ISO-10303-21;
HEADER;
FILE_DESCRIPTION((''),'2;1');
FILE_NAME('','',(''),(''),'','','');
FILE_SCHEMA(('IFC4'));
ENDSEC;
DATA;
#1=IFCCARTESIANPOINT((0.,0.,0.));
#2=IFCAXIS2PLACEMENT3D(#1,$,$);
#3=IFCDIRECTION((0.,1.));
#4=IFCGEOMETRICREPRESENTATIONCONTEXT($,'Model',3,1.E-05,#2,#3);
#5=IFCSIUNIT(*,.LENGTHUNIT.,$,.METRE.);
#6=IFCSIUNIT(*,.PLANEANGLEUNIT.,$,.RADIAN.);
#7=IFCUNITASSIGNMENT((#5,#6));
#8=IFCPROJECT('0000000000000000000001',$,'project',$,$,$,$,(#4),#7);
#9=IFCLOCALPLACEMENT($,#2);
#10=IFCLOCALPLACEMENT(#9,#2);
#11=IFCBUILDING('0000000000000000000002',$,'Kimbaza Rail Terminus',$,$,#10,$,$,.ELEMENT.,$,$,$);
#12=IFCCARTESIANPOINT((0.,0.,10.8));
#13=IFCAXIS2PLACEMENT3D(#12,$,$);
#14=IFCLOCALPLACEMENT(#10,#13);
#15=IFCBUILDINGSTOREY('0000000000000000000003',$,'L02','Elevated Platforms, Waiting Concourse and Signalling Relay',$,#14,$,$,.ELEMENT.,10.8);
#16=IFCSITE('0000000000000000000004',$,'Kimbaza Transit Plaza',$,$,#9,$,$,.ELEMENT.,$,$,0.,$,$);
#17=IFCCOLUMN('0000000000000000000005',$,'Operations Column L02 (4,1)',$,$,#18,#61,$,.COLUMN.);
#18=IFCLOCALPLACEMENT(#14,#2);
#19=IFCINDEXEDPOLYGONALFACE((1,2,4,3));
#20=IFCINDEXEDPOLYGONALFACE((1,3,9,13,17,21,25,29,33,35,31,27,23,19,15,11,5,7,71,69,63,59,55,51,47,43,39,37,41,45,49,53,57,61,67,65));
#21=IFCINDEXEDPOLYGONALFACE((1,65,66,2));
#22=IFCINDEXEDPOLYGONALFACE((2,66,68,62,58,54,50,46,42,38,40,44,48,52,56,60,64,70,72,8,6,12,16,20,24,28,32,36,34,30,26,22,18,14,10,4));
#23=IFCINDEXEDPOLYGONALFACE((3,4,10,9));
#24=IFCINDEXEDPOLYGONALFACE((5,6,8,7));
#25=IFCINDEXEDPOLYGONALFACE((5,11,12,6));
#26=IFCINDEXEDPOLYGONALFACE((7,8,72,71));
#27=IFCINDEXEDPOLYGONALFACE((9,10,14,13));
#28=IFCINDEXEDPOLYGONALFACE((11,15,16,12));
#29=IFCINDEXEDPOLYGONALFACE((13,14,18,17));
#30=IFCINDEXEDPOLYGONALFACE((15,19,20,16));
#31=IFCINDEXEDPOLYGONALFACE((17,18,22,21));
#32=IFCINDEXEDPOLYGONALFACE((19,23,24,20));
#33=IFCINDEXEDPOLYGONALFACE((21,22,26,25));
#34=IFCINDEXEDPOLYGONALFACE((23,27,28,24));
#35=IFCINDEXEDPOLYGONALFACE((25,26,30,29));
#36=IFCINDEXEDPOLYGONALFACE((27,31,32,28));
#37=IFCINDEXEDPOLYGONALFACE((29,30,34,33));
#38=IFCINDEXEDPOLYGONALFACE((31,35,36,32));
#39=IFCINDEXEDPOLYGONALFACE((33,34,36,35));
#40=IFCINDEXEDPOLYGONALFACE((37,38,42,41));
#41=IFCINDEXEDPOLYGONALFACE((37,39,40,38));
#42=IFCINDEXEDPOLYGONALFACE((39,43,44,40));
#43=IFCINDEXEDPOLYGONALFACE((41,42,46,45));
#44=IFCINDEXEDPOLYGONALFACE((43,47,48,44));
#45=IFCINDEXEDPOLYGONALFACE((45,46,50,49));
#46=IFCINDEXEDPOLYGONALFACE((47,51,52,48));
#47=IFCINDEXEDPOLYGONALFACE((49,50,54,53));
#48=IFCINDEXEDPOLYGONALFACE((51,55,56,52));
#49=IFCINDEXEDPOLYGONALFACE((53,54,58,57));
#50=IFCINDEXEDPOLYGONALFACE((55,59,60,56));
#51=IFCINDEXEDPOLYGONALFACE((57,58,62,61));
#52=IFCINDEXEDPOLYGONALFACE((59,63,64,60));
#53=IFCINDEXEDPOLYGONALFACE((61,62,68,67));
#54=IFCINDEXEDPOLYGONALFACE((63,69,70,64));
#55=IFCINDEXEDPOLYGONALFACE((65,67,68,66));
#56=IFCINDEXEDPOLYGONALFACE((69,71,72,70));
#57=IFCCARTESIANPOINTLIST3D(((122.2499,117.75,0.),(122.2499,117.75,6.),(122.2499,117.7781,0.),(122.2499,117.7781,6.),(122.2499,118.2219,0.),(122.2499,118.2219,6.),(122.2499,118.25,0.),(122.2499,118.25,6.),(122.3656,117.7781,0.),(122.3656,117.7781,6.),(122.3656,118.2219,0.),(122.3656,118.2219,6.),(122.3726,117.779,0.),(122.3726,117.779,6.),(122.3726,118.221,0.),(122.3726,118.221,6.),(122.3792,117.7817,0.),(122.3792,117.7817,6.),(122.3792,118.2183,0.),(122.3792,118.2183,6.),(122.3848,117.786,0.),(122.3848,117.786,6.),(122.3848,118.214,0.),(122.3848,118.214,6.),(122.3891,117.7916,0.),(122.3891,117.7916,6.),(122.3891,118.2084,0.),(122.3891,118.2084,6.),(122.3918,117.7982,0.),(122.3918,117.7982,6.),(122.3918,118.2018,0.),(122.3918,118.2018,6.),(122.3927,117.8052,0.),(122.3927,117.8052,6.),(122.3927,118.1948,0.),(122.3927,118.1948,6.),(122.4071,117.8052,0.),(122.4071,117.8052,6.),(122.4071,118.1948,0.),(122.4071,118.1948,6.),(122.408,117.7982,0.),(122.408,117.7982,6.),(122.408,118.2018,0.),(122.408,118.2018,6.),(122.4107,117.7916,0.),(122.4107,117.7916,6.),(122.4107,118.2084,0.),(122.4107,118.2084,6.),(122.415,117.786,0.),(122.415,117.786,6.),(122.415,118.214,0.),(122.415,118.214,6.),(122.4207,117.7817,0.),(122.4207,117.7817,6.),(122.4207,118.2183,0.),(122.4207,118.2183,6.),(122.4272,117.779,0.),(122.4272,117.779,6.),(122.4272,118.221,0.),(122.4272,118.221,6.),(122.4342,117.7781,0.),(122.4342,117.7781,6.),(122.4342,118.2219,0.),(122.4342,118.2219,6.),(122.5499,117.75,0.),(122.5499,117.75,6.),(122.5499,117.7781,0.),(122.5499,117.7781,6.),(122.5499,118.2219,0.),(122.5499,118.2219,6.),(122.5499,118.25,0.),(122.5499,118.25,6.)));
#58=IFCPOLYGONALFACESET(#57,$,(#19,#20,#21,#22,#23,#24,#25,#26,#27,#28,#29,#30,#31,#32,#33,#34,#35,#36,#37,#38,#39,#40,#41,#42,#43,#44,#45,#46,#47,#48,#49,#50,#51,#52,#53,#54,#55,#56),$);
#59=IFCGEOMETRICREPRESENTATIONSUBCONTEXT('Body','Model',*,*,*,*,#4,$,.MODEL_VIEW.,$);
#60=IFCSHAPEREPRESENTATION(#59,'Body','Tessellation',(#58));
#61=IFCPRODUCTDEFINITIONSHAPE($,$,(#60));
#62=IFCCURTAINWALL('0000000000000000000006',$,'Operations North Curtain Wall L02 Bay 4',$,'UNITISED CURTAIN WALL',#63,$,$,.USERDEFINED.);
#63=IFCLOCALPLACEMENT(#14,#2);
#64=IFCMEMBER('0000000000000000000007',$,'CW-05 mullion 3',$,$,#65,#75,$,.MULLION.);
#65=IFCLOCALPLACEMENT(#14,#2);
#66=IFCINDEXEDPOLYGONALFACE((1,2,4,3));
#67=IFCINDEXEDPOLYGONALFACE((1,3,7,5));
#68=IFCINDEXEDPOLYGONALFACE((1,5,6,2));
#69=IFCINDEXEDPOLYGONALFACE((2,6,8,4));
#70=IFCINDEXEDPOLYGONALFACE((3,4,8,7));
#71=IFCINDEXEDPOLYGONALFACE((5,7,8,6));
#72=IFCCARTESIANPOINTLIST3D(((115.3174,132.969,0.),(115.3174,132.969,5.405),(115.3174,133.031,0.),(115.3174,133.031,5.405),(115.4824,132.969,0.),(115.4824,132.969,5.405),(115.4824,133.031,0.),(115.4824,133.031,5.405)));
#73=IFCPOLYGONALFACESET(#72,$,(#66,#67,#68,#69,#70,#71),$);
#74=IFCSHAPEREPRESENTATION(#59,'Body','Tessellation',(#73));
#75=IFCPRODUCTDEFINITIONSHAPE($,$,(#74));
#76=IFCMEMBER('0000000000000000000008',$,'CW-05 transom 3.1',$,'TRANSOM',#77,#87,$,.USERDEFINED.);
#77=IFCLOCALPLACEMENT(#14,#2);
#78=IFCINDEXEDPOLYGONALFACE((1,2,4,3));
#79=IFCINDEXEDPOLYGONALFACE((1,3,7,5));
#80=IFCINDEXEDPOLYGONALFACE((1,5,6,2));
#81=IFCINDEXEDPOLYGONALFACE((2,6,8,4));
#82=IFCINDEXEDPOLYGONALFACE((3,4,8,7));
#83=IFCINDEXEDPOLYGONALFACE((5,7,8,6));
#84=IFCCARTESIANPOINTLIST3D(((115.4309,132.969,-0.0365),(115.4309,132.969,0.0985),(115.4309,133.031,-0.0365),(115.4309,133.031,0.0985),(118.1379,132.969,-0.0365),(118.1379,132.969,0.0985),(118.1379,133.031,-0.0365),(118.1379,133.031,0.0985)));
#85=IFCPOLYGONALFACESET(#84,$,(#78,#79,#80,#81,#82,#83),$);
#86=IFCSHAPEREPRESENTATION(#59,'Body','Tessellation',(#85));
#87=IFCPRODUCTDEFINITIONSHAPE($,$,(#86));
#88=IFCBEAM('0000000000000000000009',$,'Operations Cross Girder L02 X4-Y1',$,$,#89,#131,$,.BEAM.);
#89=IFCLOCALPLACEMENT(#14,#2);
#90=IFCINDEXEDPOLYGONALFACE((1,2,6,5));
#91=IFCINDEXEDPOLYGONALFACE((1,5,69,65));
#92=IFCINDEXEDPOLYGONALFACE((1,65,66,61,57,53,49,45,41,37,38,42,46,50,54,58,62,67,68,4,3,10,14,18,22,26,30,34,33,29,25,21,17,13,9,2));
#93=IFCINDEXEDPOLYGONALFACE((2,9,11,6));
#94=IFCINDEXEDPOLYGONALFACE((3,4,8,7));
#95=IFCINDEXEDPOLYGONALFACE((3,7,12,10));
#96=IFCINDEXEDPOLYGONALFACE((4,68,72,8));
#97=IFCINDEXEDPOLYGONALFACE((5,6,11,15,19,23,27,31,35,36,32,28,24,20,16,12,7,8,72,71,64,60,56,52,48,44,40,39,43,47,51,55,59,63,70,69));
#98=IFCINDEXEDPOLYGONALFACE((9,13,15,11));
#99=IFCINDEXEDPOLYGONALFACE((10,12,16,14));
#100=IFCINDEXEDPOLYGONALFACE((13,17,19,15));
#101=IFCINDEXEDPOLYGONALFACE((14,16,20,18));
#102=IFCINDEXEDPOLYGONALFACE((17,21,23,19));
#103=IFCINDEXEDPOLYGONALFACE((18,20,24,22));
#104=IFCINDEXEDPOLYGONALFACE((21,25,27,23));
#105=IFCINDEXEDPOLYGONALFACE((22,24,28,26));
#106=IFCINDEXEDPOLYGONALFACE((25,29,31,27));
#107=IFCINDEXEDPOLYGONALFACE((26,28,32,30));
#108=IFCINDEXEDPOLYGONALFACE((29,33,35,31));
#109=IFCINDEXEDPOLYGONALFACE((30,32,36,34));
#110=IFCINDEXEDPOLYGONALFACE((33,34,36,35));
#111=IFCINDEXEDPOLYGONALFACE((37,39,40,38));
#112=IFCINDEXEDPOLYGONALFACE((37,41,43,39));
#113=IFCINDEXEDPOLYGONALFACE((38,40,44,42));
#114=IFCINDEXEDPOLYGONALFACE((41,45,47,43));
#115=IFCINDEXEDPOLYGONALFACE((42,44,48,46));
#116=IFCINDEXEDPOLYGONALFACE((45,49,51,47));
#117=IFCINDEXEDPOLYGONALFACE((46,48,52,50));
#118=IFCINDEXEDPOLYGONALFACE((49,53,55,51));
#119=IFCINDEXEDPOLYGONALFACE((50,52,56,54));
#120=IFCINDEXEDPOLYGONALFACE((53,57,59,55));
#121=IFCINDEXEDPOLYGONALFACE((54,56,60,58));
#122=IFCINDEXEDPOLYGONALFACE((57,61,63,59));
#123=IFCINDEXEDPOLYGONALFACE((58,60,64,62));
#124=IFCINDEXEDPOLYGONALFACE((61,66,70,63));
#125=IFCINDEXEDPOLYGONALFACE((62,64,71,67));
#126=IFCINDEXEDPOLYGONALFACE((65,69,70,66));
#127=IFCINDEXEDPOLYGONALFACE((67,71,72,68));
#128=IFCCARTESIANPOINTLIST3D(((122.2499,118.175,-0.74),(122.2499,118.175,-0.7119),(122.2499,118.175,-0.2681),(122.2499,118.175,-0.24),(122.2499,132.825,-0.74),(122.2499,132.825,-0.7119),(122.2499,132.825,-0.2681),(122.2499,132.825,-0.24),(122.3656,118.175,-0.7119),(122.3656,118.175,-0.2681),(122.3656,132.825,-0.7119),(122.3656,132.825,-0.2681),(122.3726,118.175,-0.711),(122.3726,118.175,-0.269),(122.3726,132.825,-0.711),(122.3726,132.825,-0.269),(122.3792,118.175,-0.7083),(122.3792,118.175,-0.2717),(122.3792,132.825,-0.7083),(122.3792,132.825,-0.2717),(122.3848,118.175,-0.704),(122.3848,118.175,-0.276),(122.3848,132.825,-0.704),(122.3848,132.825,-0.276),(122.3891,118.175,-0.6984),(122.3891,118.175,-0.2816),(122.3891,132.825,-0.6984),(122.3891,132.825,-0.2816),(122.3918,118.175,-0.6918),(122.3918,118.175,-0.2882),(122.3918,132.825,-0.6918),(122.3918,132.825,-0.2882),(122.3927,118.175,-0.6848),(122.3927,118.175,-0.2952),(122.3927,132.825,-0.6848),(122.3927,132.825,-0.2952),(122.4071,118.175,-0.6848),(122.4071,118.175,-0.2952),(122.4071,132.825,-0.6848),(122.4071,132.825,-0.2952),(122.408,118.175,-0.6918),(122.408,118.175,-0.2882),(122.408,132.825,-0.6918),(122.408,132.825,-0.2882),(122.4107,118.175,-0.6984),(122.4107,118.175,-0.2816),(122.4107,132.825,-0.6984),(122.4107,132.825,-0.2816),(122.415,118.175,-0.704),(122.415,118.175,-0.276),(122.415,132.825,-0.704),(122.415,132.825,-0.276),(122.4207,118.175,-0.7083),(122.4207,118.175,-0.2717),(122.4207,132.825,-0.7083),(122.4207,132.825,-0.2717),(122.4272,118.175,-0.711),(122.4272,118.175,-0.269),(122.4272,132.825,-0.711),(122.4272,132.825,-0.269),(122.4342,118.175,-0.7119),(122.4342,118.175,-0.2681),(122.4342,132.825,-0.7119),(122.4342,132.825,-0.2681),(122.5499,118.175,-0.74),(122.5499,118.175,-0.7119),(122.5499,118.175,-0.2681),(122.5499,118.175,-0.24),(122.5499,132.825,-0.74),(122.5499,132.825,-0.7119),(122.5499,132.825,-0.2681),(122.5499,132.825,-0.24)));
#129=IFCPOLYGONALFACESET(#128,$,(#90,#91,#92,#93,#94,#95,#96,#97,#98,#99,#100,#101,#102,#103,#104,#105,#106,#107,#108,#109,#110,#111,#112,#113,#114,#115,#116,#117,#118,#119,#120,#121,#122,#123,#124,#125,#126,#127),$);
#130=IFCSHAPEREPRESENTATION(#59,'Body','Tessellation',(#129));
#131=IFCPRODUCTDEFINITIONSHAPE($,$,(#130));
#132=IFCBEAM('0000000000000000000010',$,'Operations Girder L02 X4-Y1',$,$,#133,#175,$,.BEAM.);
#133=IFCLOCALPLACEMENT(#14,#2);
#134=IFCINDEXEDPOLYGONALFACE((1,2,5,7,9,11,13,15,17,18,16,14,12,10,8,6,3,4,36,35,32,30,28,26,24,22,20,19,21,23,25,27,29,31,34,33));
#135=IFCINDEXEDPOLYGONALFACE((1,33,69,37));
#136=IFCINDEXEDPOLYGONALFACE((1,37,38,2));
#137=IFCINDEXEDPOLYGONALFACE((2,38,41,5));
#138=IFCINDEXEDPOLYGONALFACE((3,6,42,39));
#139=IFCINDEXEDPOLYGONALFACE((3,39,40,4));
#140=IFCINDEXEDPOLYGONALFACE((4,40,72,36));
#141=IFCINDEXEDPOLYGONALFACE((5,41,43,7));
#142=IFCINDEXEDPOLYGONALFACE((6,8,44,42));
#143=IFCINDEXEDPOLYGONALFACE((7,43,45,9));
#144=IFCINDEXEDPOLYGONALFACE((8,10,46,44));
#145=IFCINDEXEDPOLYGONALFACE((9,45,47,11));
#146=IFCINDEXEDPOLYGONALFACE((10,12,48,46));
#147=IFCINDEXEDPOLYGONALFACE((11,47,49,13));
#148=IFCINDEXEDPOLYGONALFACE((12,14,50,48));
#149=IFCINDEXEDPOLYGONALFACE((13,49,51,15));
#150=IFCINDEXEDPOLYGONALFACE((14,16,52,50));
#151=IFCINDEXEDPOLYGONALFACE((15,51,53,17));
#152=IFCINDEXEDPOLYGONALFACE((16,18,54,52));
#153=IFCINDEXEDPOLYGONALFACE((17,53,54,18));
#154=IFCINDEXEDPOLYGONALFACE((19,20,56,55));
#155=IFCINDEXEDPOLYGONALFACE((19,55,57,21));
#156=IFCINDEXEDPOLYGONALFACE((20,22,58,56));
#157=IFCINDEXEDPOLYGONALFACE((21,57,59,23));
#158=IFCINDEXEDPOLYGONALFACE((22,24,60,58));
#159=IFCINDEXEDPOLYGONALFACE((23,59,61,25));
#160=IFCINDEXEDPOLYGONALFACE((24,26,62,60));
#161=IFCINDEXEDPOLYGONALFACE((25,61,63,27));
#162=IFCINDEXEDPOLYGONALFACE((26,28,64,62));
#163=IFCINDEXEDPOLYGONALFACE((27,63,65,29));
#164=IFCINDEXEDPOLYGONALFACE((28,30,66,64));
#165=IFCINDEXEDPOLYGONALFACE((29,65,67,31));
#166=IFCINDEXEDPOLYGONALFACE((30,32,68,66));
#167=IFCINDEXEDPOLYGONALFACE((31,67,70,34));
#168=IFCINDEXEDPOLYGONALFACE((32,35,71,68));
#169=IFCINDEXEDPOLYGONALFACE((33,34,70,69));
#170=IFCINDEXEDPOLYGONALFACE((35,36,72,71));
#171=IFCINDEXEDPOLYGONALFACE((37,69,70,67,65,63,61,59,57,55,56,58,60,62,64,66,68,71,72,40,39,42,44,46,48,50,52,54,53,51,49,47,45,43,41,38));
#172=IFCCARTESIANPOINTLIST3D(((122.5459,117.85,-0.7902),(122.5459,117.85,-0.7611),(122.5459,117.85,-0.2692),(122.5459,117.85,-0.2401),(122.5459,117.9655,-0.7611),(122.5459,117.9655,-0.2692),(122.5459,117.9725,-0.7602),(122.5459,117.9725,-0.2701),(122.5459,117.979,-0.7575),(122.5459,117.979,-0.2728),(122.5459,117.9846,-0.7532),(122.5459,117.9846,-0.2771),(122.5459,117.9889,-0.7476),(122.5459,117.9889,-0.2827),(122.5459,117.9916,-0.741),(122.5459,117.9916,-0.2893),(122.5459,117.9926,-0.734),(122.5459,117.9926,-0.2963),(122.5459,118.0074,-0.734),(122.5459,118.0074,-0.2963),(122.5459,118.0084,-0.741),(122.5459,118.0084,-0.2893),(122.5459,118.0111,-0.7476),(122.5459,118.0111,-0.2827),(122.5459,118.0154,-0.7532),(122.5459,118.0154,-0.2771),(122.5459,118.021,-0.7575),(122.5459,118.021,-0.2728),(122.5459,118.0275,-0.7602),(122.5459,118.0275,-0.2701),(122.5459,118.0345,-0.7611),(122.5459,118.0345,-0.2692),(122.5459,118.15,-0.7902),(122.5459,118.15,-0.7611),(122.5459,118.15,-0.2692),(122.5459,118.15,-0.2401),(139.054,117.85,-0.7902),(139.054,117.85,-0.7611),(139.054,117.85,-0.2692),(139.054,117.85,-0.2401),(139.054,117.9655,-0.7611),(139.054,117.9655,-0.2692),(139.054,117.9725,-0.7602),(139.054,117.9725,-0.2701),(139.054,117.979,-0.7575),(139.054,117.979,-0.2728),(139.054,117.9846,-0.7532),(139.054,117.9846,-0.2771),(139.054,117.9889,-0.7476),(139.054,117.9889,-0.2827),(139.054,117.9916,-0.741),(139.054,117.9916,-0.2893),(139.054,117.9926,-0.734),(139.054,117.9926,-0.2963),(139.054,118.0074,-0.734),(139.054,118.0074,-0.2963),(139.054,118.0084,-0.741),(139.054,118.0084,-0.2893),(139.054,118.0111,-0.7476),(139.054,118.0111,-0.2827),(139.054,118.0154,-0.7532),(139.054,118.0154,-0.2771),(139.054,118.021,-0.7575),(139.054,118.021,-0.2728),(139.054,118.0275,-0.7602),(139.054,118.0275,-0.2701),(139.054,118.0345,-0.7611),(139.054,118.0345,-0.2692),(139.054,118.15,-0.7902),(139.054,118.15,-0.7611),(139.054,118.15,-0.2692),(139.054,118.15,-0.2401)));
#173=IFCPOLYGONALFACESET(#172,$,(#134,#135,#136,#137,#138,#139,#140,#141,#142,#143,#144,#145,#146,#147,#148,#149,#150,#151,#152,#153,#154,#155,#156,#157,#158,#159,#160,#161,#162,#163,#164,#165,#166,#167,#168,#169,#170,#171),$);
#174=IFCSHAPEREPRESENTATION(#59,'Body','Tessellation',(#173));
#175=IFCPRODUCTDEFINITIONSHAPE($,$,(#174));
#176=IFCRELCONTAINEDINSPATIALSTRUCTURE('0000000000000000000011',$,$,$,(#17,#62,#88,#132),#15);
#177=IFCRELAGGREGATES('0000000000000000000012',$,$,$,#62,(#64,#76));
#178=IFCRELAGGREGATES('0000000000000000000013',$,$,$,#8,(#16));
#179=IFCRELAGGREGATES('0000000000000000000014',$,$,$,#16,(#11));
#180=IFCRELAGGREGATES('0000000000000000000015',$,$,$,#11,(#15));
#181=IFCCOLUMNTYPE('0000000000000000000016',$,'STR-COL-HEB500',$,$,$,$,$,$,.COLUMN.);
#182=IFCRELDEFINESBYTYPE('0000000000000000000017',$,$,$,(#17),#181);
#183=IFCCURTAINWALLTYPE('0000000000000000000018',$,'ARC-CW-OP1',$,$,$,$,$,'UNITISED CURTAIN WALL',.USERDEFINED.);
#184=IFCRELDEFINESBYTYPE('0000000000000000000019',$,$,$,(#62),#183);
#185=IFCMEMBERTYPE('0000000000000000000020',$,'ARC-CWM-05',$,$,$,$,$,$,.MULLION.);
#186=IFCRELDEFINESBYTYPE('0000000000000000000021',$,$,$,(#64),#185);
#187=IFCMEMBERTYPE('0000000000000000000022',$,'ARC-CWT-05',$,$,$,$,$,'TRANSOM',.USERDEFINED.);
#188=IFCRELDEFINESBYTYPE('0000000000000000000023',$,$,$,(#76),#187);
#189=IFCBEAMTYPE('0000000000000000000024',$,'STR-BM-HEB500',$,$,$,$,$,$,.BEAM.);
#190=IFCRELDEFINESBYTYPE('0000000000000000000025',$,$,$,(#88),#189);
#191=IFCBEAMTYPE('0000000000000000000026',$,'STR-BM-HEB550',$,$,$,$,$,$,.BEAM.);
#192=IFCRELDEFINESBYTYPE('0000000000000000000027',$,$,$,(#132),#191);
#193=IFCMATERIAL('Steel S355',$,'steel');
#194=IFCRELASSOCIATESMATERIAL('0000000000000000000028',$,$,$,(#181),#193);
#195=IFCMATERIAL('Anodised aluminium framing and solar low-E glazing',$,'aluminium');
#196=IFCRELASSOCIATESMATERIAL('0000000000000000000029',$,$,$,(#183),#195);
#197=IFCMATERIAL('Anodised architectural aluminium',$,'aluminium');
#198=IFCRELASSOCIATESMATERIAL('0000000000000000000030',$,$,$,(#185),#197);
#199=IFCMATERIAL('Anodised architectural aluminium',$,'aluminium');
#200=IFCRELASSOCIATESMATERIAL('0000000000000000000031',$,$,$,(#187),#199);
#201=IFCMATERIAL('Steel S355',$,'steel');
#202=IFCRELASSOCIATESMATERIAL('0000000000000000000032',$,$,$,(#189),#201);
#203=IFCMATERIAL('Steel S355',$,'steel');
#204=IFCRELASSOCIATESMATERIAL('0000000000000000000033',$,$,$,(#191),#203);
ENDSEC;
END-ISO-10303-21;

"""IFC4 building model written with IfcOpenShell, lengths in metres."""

from ifc_helpers import new_model, si_unit, direction, frame, origin, origin_2d, place, context, subcontext, project, spatial, rectangle, i_section, extrude, material, material_profile, profile_set, type_object, element, aggregate, save


model = new_model("IFC4")

# Units and contexts
model_context = context("Model", 3, precision=1e-05, world=origin(), true_north=direction((0.0, 1.0)))
body_context = subcontext(model_context, "Body", "Model", "MODEL_VIEW")
ifc_project = project(units=[si_unit("LENGTHUNIT", "METRE"), si_unit("PLANEANGLEUNIT", "RADIAN")], contexts=[model_context])

# Site, building, storey
site_placement = place(None, origin())
site = spatial("IfcSite", under=ifc_project, at=site_placement, Name="Kimbaza Transit Plaza", CompositionType="ELEMENT", RefElevation=0.0)
building_placement = place(site_placement, origin())
building = spatial("IfcBuilding", under=site, at=building_placement, Name="Kimbaza Rail Terminus", CompositionType="ELEMENT")
storey_placement = place(building_placement, frame((0.0, 0.0, 10.8)))
storey = spatial("IfcBuildingStorey", under=building, at=storey_placement, Name="L02", Description="Elevated Platforms, Waiting Concourse and Signalling Relay", CompositionType="ELEMENT", Elevation=10.8)

# Column
ifc_material_1 = material(Name="Steel S355", Category="steel")
ifc_material_profile_1 = material_profile(ifc_material_1, i_section(OverallWidth=0.3, OverallDepth=0.5, WebThickness=0.0144, FlangeThickness=0.0281, FilletRadius=0.0271, at=origin_2d()), Name="HEB 500")
ifc_profile_set_1 = profile_set([ifc_material_profile_1], Name="Steel S355")
column_type = type_object("IfcColumnType", Name="STR-COL-HEB500", PredefinedType="COLUMN", material=ifc_profile_set_1)
column_placement = place(storey_placement, frame((122.3999, 118.0, 0.0), z_axis=(0.0, 0.0, 1.0), x_axis=(1.0, 0.0, 0.0)))
element("IfcColumn", 1, at=column_placement, inside=storey, type_object=column_type, Name="Operations Column L02 (4,1)", PredefinedType="COLUMN", context=body_context, shape_type="SweptSolid", body=[
    extrude(i_section(OverallWidth=0.3, OverallDepth=0.5, WebThickness=0.0144, FlangeThickness=0.0281, FilletRadius=0.0271, at=origin_2d()), origin(), (0.0, 0.0, 1.0), 6.0),
])

# Curtain wall, members
ifc_material_2 = material(Name="Anodised aluminium framing and solar low-E glazing", Category="aluminium")
curtain_wall_type = type_object("IfcCurtainWallType", Name="ARC-CW-OP1", ElementType="UNITISED CURTAIN WALL", PredefinedType="USERDEFINED", material=ifc_material_2)
curtain_wall_placement = place(storey_placement, origin())
curtain_wall = element("IfcCurtainWall", 2, at=curtain_wall_placement, inside=storey, type_object=curtain_wall_type, Name="Operations North Curtain Wall L02 Bay 4", ObjectType="UNITISED CURTAIN WALL", PredefinedType="USERDEFINED")
ifc_material_3 = material(Name="Anodised architectural aluminium", Category="aluminium")
ifc_material_profile_2 = material_profile(ifc_material_3, rectangle(XDim=0.062, YDim=0.165, at=origin_2d()), Name="MULLION 62x165")
ifc_profile_set_2 = profile_set([ifc_material_profile_2], Name="Anodised architectural aluminium")
member_type_1 = type_object("IfcMemberType", Name="ARC-CWM-05", PredefinedType="MULLION", material=ifc_profile_set_2)
member_1_placement = place(storey_placement, frame((115.3999, 133.0, 0.0), z_axis=(0.0, 0.0, 1.0), x_axis=(0.0, 1.0, 0.0)))
member_1 = element("IfcMember", 3, at=member_1_placement, type_object=member_type_1, Name="CW-05 mullion 3", PredefinedType="MULLION", context=body_context, shape_type="SweptSolid", body=[
    extrude(rectangle(XDim=0.062, YDim=0.165, at=origin_2d()), origin(), (0.0, 0.0, 1.0), 5.405),
])
ifc_material_4 = material(Name="Anodised architectural aluminium", Category="aluminium")
ifc_material_profile_3 = material_profile(ifc_material_4, rectangle(XDim=0.062, YDim=0.135, at=origin_2d()), Name="TRANSOM 62x135")
ifc_profile_set_3 = profile_set([ifc_material_profile_3], Name="Anodised architectural aluminium")
member_type_2 = type_object("IfcMemberType", Name="ARC-CWT-05", ElementType="TRANSOM", PredefinedType="USERDEFINED", material=ifc_profile_set_3)
member_2_placement = place(storey_placement, frame((115.4309, 133.0, 0.031), z_axis=(1.0, 0.0, 0.0), x_axis=(0.0, 1.0, 0.0)))
member_2 = element("IfcMember", 4, at=member_2_placement, type_object=member_type_2, Name="CW-05 transom 3.1", ObjectType="TRANSOM", PredefinedType="USERDEFINED", context=body_context, shape_type="SweptSolid", body=[
    extrude(rectangle(XDim=0.062, YDim=0.135, at=origin_2d()), origin(), (0.0, 0.0, 1.0), 2.707),
])

# Beams
ifc_material_5 = material(Name="Steel S355", Category="steel")
ifc_material_profile_4 = material_profile(ifc_material_5, i_section(OverallWidth=0.3, OverallDepth=0.5, WebThickness=0.0144, FlangeThickness=0.0281, FilletRadius=0.0271, at=origin_2d()), Name="HEB 500")
ifc_profile_set_4 = profile_set([ifc_material_profile_4], Name="Steel S355")
beam_type_1 = type_object("IfcBeamType", Name="STR-BM-HEB500", PredefinedType="BEAM", material=ifc_profile_set_4)
beam_1_placement = place(storey_placement, frame((122.3999, 118.175, -0.49), z_axis=(0.0, 1.0, 0.0), x_axis=(-1.0, 0.0, 0.0)))
element("IfcBeam", 5, at=beam_1_placement, inside=storey, type_object=beam_type_1, Name="Operations Cross Girder L02 X4-Y1", PredefinedType="BEAM", context=body_context, shape_type="SweptSolid", body=[
    extrude(i_section(OverallWidth=0.3, OverallDepth=0.5, WebThickness=0.0144, FlangeThickness=0.0281, FilletRadius=0.0271, at=origin_2d()), origin(), (0.0, 0.0, 1.0), 14.6499),
])
ifc_material_6 = material(Name="Steel S355", Category="steel")
ifc_material_profile_5 = material_profile(ifc_material_6, i_section(OverallWidth=0.3, OverallDepth=0.55, WebThickness=0.0149, FlangeThickness=0.0291, FilletRadius=0.0271, at=origin_2d()), Name="HEB 550")
ifc_profile_set_5 = profile_set([ifc_material_profile_5], Name="Steel S355")
beam_type_2 = type_object("IfcBeamType", Name="STR-BM-HEB550", PredefinedType="BEAM", material=ifc_profile_set_5)
beam_2_placement = place(storey_placement, frame((122.5459, 118.0, -0.5151), z_axis=(1.0, 0.0, 0.0), x_axis=(0.0, 1.0, 0.0)))
element("IfcBeam", 6, at=beam_2_placement, inside=storey, type_object=beam_type_2, Name="Operations Girder L02 X4-Y1", PredefinedType="BEAM", context=body_context, shape_type="SweptSolid", body=[
    extrude(i_section(OverallWidth=0.3, OverallDepth=0.55, WebThickness=0.0149, FlangeThickness=0.0291, FilletRadius=0.0271, at=origin_2d()), origin(), (0.0, 0.0, 1.0), 16.5081),
])

aggregate(curtain_wall, [member_1, member_2])

save(model, "model.ifc")
